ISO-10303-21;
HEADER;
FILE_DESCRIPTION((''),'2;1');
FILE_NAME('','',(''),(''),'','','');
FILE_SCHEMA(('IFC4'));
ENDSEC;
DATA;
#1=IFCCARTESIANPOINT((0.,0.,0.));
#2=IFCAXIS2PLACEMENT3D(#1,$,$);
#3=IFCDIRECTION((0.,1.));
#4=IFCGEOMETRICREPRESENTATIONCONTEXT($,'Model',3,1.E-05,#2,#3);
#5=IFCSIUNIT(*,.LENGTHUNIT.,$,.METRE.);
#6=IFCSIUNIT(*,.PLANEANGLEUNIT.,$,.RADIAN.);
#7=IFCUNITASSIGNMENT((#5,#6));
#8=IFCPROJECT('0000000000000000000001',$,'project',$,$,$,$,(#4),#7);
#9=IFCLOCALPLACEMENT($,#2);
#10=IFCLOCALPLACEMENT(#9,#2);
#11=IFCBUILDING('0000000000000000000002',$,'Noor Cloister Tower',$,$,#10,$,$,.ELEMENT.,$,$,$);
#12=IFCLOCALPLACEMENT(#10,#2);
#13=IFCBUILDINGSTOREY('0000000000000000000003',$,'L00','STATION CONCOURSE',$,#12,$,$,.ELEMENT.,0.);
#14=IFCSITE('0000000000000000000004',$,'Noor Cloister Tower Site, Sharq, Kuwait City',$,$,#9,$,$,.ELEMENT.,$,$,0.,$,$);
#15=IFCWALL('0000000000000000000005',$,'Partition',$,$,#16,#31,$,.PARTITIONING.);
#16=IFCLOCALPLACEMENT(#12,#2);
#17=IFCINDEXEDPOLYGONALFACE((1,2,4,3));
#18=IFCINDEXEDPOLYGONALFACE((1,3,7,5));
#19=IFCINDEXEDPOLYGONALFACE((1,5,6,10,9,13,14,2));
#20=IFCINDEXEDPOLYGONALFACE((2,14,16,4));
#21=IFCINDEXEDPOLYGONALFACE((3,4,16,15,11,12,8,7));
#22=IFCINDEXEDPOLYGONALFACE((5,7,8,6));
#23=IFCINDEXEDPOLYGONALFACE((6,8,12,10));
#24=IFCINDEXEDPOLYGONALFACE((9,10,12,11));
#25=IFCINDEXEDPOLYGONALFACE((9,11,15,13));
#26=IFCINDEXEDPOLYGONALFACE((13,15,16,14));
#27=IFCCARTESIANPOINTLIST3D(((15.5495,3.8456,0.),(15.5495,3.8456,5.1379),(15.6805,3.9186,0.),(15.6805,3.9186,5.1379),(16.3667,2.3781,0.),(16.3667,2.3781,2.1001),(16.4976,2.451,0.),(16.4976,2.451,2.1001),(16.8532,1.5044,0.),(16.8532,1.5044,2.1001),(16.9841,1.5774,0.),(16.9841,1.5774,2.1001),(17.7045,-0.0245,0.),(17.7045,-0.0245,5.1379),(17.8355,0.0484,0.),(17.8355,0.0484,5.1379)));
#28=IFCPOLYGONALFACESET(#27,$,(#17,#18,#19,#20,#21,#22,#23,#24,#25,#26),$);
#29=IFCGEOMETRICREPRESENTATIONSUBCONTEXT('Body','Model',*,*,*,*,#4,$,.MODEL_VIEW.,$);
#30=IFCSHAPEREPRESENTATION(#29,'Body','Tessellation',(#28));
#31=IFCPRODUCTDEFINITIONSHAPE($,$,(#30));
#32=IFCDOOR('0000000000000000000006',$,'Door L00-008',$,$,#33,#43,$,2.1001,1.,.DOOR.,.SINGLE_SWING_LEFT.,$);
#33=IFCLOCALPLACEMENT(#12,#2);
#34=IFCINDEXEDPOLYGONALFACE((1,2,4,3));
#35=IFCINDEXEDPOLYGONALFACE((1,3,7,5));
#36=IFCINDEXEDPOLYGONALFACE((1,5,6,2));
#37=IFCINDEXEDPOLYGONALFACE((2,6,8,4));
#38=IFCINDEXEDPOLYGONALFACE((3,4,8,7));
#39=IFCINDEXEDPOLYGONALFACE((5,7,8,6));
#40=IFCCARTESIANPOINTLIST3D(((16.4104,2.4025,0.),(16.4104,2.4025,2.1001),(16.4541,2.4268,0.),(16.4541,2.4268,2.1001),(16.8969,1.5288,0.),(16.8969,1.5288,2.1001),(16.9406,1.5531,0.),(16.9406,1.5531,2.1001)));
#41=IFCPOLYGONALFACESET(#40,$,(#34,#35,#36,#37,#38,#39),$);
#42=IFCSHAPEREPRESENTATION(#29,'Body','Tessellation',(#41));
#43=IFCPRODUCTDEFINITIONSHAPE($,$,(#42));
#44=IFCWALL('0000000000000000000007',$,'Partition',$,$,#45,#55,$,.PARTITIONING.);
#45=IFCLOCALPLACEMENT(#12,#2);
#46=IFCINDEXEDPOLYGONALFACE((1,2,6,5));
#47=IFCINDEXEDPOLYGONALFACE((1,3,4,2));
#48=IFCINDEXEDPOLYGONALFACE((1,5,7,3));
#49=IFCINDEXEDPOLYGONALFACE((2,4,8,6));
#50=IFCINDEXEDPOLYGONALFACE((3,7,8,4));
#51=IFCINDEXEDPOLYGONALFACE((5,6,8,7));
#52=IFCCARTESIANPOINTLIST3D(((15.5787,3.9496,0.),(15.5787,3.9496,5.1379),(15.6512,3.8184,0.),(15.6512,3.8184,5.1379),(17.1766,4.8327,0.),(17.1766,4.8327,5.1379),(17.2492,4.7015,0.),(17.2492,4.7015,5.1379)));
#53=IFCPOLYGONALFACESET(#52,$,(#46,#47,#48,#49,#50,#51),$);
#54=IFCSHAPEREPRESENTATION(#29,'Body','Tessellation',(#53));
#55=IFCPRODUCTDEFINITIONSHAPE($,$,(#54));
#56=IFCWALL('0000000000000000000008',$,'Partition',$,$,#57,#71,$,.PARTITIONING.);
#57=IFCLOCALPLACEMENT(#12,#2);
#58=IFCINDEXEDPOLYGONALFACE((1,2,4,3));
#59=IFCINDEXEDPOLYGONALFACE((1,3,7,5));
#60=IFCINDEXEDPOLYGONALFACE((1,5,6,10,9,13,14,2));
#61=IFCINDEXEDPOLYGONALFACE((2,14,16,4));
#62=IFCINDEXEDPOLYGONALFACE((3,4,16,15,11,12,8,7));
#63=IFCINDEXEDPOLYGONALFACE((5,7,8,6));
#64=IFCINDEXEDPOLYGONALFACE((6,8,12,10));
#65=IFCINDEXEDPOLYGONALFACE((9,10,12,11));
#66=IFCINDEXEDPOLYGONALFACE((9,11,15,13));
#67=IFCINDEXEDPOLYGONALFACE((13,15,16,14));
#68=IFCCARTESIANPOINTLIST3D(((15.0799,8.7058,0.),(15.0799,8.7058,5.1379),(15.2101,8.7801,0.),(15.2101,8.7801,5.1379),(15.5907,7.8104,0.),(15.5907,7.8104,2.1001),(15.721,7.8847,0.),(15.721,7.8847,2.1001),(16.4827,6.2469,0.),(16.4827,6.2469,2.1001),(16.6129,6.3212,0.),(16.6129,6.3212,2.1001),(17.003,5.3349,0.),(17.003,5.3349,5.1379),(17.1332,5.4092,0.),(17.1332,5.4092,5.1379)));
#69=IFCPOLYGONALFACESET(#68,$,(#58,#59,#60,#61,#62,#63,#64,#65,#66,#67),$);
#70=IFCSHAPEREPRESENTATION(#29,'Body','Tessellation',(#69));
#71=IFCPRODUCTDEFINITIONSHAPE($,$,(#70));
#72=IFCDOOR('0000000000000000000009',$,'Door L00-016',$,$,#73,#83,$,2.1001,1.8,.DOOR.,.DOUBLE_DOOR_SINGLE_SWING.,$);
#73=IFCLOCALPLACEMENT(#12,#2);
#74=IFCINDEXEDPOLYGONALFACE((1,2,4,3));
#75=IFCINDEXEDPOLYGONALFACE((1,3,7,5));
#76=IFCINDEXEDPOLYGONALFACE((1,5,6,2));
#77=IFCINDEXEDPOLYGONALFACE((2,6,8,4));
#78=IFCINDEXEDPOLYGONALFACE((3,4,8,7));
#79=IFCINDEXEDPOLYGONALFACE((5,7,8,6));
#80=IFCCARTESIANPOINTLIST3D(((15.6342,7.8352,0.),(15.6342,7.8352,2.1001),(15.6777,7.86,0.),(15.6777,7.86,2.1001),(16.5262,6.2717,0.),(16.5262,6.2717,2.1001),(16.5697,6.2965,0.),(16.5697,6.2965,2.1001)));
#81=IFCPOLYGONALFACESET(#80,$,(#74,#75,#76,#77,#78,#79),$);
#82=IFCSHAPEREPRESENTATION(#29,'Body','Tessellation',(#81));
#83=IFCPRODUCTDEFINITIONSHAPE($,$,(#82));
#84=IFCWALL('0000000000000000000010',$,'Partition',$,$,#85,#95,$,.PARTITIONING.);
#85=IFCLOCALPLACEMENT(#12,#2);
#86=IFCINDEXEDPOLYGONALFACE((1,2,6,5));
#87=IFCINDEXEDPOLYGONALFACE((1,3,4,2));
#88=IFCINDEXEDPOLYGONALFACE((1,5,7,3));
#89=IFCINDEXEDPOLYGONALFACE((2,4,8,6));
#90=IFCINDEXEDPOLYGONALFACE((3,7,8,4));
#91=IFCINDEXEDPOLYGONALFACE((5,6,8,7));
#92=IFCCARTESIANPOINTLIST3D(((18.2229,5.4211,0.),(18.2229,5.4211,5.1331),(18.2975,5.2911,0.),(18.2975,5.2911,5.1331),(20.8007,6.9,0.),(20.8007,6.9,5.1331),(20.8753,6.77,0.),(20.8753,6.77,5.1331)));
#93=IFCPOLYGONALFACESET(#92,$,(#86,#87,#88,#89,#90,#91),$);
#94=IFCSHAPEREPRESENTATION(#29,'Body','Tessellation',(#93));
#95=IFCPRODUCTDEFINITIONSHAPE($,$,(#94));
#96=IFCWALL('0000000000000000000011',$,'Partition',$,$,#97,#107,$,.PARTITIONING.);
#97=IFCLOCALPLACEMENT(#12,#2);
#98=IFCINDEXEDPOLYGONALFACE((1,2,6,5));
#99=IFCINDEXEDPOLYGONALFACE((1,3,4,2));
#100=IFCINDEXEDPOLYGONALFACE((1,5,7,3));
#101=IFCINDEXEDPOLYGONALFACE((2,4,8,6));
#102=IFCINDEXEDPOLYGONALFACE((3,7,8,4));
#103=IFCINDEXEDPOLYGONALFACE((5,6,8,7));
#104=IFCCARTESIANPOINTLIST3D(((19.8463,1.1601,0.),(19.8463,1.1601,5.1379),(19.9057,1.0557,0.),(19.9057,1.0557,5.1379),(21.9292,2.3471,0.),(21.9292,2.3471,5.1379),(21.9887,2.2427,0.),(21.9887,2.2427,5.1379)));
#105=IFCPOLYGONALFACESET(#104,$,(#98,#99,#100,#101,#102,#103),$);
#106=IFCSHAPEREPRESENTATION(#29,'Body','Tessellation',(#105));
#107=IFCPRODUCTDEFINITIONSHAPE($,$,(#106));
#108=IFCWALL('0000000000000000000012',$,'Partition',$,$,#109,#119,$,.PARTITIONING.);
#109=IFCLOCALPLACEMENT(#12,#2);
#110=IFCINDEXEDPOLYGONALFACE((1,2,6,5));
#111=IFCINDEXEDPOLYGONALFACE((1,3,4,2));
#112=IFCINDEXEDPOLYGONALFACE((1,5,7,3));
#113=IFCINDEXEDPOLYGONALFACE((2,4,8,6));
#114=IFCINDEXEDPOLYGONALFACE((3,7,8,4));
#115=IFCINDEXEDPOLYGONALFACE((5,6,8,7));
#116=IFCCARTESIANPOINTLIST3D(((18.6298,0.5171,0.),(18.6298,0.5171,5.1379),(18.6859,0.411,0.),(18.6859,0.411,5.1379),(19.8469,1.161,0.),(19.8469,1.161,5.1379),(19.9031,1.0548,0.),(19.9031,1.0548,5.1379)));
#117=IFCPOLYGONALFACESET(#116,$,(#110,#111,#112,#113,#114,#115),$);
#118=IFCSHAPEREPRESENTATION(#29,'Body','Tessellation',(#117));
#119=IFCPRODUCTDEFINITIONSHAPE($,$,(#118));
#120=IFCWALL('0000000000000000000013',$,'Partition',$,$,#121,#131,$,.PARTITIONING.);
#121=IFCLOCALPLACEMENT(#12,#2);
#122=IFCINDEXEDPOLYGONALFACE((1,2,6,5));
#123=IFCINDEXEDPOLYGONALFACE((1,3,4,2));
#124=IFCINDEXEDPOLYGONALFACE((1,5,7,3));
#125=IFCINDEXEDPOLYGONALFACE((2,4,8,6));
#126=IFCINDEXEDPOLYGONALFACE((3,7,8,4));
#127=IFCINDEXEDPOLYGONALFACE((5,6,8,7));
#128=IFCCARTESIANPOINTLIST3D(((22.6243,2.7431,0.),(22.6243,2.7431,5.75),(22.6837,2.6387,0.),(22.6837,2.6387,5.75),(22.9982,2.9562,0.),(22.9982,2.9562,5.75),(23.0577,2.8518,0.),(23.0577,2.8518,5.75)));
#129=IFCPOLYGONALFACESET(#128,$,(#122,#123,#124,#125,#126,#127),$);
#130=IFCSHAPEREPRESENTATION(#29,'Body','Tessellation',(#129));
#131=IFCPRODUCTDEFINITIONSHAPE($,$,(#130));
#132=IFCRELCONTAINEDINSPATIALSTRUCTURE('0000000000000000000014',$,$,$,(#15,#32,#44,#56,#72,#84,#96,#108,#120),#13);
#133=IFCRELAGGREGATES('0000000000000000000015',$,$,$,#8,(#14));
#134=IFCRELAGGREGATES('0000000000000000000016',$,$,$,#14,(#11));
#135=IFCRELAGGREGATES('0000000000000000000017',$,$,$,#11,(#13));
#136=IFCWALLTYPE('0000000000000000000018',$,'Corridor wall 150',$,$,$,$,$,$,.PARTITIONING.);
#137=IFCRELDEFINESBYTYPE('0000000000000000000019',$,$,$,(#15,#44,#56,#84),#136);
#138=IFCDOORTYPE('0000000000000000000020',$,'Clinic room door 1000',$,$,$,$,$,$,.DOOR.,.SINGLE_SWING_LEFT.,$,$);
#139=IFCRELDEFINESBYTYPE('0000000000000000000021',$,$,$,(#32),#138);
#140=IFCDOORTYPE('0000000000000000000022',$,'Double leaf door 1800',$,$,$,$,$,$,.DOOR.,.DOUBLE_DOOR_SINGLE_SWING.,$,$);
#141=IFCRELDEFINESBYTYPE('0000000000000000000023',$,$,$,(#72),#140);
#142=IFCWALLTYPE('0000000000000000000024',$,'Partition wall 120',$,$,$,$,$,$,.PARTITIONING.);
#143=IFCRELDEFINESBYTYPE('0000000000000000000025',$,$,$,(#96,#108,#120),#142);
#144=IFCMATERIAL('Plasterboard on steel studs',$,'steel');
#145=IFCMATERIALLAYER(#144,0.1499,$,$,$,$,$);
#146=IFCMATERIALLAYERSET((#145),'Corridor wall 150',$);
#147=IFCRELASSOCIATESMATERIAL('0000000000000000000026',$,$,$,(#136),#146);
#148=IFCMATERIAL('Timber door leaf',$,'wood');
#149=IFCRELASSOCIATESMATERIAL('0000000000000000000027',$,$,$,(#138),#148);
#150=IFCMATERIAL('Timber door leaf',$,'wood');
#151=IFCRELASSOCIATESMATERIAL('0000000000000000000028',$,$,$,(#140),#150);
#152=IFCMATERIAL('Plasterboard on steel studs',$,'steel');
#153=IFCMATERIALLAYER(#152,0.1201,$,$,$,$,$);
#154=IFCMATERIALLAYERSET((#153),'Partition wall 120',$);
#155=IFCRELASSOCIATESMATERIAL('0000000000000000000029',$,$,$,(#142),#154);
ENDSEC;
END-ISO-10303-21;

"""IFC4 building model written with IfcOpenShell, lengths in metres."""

from ifc_helpers import new_model, si_unit, direction, frame, frame_2d, origin, place, context, subcontext, project, spatial, rectangle, extrude, material, layer, layer_set, type_object, element, fill, save


model = new_model("IFC4")

# Units and contexts
model_context = context("Model", 3, precision=1e-05, world=origin(), true_north=direction((0.0, 1.0)))
body_context = subcontext(model_context, "Body", "Model", "MODEL_VIEW")
ifc_project = project(units=[si_unit("LENGTHUNIT", "METRE"), si_unit("PLANEANGLEUNIT", "RADIAN")], contexts=[model_context])

# Site, building, storey
site_placement = place(None, origin())
site = spatial("IfcSite", under=ifc_project, at=site_placement, Name="Noor Cloister Tower Site, Sharq, Kuwait City", CompositionType="ELEMENT", RefElevation=0.0)
building_placement = place(site_placement, origin())
building = spatial("IfcBuilding", under=site, at=building_placement, Name="Noor Cloister Tower", CompositionType="ELEMENT")
storey_placement = place(building_placement, origin())
storey = spatial("IfcBuildingStorey", under=building, at=storey_placement, Name="L00", Description="STATION CONCOURSE", CompositionType="ELEMENT", Elevation=0.0)

# Shared definitions
ifc_material_1 = material(Name="Plasterboard on steel studs", Category="steel")
ifc_layer_1 = layer(ifc_material_1, 0.1499)
ifc_layer_set_1 = layer_set([ifc_layer_1], Name="Corridor wall 150")
wall_type_1 = type_object("IfcWallType", Name="Corridor wall 150", PredefinedType="PARTITIONING", material=ifc_layer_set_1)

# Wall, opening, door
wall_1_placement = place(storey_placement, frame((17.77, 0.012, 0.0), z_axis=(0.0, 0.0, 1.0), x_axis=(-0.486499, 0.873681, 0.0)))
wall_1 = element("IfcWall", 1, at=wall_1_placement, inside=storey, type_object=wall_type_1, Name="Partition", PredefinedType="PARTITIONING", context=body_context, shape_type="SweptSolid", body=[
    extrude(rectangle(XDim=4.4297, YDim=0.1499, at=frame_2d((2.2148, 0.0))), origin(), (0.0, 0.0, 1.0), 5.1379),
])
opening_1_placement = place(wall_1_placement, frame((1.75, 0.0, 0.0)))
opening_1 = element("IfcOpeningElement", 2, at=opening_1_placement, cuts=wall_1, PredefinedType="OPENING", context=body_context, shape_type="SweptSolid", body=[
    extrude(rectangle(XDim=1.0, YDim=2.1001, at=frame_2d((0.5, 1.05))), frame((0.0, 0.085, 0.0), z_axis=(0.0, -1.0, 0.0), x_axis=(1.0, 0.0, 0.0)), (0.0, 0.0, 1.0), 0.1699),
])
ifc_material_2 = material(Name="Timber door leaf", Category="wood")
door_type_1 = type_object("IfcDoorType", Name="Clinic room door 1000", OperationType="SINGLE_SWING_LEFT", PredefinedType="DOOR", material=ifc_material_2)
door_1_placement = place(opening_1_placement, origin())
door_1 = element("IfcDoor", 3, at=door_1_placement, inside=storey, type_object=door_type_1, Name="Door L00-008", OperationType="SINGLE_SWING_LEFT", OverallHeight=2.1001, OverallWidth=1.0, PredefinedType="DOOR", context=body_context, shape_type="SweptSolid", body=[
    extrude(rectangle(XDim=1.0, YDim=2.1001, at=frame_2d((0.5, 1.05))), frame((0.0, 0.0249, 0.0), z_axis=(0.0, -1.0, 0.0), x_axis=(1.0, 0.0, 0.0)), (0.0, 0.0, 1.0), 0.05),
])
fill(opening_1, door_1)

# Wall
wall_2_placement = place(storey_placement, frame((15.615, 3.884, 0.0), z_axis=(0.0, 0.0, 1.0), x_axis=(0.87524, 0.483689, 0.0)))
element("IfcWall", 4, at=wall_2_placement, inside=storey, type_object=wall_type_1, Name="Partition", PredefinedType="PARTITIONING", context=body_context, shape_type="SweptSolid", body=[
    extrude(rectangle(XDim=1.8257, YDim=0.1499, at=frame_2d((0.9128, 0.0))), origin(), (0.0, 0.0, 1.0), 5.1379),
])

# Wall, opening, door
wall_3_placement = place(storey_placement, frame((17.0681, 5.3721, 0.0), z_axis=(0.0, 0.0, 1.0), x_axis=(-0.495536, 0.868587, 0.0)))
wall_3 = element("IfcWall", 5, at=wall_3_placement, inside=storey, type_object=wall_type_1, Name="Partition", PredefinedType="PARTITIONING", context=body_context, shape_type="SweptSolid", body=[
    extrude(rectangle(XDim=3.8809, YDim=0.1499, at=frame_2d((1.9404, 0.0))), origin(), (0.0, 0.0, 1.0), 5.1379),
])
opening_2_placement = place(wall_3_placement, frame((1.05, 0.0, 0.0)))
opening_2 = element("IfcOpeningElement", 6, at=opening_2_placement, cuts=wall_3, PredefinedType="OPENING", context=body_context, shape_type="SweptSolid", body=[
    extrude(rectangle(XDim=1.8, YDim=2.1001, at=frame_2d((0.8999, 1.05))), frame((0.0, 0.085, 0.0), z_axis=(0.0, -1.0, 0.0), x_axis=(1.0, 0.0, 0.0)), (0.0, 0.0, 1.0), 0.1699),
])
ifc_material_3 = material(Name="Timber door leaf", Category="wood")
door_type_2 = type_object("IfcDoorType", Name="Double leaf door 1800", OperationType="DOUBLE_DOOR_SINGLE_SWING", PredefinedType="DOOR", material=ifc_material_3)
door_2_placement = place(opening_2_placement, origin())
door_2 = element("IfcDoor", 7, at=door_2_placement, inside=storey, type_object=door_type_2, Name="Door L00-016", OperationType="DOUBLE_DOOR_SINGLE_SWING", OverallHeight=2.1001, OverallWidth=1.8, PredefinedType="DOOR", context=body_context, shape_type="SweptSolid", body=[
    extrude(rectangle(XDim=1.8, YDim=2.1001, at=frame_2d((0.8999, 1.05))), frame((0.0, 0.0249, 0.0), z_axis=(0.0, -1.0, 0.0), x_axis=(1.0, 0.0, 0.0)), (0.0, 0.0, 1.0), 0.05),
])
fill(opening_2, door_2)

# Wall
wall_4_placement = place(storey_placement, frame((20.8379, 6.835, 0.0), z_axis=(0.0, 0.0, 1.0), x_axis=(-0.867382, -0.497642, 0.0)))
element("IfcWall", 8, at=wall_4_placement, inside=storey, type_object=wall_type_1, Name="Partition", PredefinedType="PARTITIONING", context=body_context, shape_type="SweptSolid", body=[
    extrude(rectangle(XDim=2.9719, YDim=0.1499, at=frame_2d((1.4858, 0.0))), origin(), (0.0, 0.0, 1.0), 5.1331),
])

# Walls
ifc_material_4 = material(Name="Plasterboard on steel studs", Category="steel")
ifc_layer_2 = layer(ifc_material_4, 0.1201)
ifc_layer_set_2 = layer_set([ifc_layer_2], Name="Partition wall 120")
wall_type_2 = type_object("IfcWallType", Name="Partition wall 120", PredefinedType="PARTITIONING", material=ifc_layer_set_2)
wall_5_placement = place(storey_placement, frame((21.959, 2.2949, 0.0), z_axis=(0.0, 0.0, 1.0), x_axis=(-0.868832, -0.495108, 0.0)))
element("IfcWall", 9, at=wall_5_placement, inside=storey, type_object=wall_type_2, Name="Partition", PredefinedType="PARTITIONING", context=body_context, shape_type="SweptSolid", body=[
    extrude(rectangle(XDim=2.3975, YDim=0.1201, at=frame_2d((1.1987, 0.0))), origin(), (0.0, 0.0, 1.0), 5.1379),
])
wall_6_placement = place(storey_placement, frame((19.875, 1.1079, 0.0), z_axis=(0.0, 0.0, 1.0), x_axis=(-0.883943, -0.467594, 0.0)))
element("IfcWall", 10, at=wall_6_placement, inside=storey, type_object=wall_type_2, Name="Partition", PredefinedType="PARTITIONING", context=body_context, shape_type="SweptSolid", body=[
    extrude(rectangle(XDim=1.377, YDim=0.1201, at=frame_2d((0.6885, 0.0))), origin(), (0.0, 0.0, 1.0), 5.1379),
])
wall_7_placement = place(storey_placement, frame((23.0281, 2.9041, 0.0), z_axis=(0.0, 0.0, 1.0), x_axis=(-0.868836, -0.4951, 0.0)))
element("IfcWall", 11, at=wall_7_placement, inside=storey, type_object=wall_type_2, Name="Partition", PredefinedType="PARTITIONING", context=body_context, shape_type="SweptSolid", body=[
    extrude(rectangle(XDim=0.4304, YDim=0.1201, at=frame_2d((0.2153, 0.0))), origin(), (0.0, 0.0, 1.0), 5.75),
])

save(model, "model.ifc")
